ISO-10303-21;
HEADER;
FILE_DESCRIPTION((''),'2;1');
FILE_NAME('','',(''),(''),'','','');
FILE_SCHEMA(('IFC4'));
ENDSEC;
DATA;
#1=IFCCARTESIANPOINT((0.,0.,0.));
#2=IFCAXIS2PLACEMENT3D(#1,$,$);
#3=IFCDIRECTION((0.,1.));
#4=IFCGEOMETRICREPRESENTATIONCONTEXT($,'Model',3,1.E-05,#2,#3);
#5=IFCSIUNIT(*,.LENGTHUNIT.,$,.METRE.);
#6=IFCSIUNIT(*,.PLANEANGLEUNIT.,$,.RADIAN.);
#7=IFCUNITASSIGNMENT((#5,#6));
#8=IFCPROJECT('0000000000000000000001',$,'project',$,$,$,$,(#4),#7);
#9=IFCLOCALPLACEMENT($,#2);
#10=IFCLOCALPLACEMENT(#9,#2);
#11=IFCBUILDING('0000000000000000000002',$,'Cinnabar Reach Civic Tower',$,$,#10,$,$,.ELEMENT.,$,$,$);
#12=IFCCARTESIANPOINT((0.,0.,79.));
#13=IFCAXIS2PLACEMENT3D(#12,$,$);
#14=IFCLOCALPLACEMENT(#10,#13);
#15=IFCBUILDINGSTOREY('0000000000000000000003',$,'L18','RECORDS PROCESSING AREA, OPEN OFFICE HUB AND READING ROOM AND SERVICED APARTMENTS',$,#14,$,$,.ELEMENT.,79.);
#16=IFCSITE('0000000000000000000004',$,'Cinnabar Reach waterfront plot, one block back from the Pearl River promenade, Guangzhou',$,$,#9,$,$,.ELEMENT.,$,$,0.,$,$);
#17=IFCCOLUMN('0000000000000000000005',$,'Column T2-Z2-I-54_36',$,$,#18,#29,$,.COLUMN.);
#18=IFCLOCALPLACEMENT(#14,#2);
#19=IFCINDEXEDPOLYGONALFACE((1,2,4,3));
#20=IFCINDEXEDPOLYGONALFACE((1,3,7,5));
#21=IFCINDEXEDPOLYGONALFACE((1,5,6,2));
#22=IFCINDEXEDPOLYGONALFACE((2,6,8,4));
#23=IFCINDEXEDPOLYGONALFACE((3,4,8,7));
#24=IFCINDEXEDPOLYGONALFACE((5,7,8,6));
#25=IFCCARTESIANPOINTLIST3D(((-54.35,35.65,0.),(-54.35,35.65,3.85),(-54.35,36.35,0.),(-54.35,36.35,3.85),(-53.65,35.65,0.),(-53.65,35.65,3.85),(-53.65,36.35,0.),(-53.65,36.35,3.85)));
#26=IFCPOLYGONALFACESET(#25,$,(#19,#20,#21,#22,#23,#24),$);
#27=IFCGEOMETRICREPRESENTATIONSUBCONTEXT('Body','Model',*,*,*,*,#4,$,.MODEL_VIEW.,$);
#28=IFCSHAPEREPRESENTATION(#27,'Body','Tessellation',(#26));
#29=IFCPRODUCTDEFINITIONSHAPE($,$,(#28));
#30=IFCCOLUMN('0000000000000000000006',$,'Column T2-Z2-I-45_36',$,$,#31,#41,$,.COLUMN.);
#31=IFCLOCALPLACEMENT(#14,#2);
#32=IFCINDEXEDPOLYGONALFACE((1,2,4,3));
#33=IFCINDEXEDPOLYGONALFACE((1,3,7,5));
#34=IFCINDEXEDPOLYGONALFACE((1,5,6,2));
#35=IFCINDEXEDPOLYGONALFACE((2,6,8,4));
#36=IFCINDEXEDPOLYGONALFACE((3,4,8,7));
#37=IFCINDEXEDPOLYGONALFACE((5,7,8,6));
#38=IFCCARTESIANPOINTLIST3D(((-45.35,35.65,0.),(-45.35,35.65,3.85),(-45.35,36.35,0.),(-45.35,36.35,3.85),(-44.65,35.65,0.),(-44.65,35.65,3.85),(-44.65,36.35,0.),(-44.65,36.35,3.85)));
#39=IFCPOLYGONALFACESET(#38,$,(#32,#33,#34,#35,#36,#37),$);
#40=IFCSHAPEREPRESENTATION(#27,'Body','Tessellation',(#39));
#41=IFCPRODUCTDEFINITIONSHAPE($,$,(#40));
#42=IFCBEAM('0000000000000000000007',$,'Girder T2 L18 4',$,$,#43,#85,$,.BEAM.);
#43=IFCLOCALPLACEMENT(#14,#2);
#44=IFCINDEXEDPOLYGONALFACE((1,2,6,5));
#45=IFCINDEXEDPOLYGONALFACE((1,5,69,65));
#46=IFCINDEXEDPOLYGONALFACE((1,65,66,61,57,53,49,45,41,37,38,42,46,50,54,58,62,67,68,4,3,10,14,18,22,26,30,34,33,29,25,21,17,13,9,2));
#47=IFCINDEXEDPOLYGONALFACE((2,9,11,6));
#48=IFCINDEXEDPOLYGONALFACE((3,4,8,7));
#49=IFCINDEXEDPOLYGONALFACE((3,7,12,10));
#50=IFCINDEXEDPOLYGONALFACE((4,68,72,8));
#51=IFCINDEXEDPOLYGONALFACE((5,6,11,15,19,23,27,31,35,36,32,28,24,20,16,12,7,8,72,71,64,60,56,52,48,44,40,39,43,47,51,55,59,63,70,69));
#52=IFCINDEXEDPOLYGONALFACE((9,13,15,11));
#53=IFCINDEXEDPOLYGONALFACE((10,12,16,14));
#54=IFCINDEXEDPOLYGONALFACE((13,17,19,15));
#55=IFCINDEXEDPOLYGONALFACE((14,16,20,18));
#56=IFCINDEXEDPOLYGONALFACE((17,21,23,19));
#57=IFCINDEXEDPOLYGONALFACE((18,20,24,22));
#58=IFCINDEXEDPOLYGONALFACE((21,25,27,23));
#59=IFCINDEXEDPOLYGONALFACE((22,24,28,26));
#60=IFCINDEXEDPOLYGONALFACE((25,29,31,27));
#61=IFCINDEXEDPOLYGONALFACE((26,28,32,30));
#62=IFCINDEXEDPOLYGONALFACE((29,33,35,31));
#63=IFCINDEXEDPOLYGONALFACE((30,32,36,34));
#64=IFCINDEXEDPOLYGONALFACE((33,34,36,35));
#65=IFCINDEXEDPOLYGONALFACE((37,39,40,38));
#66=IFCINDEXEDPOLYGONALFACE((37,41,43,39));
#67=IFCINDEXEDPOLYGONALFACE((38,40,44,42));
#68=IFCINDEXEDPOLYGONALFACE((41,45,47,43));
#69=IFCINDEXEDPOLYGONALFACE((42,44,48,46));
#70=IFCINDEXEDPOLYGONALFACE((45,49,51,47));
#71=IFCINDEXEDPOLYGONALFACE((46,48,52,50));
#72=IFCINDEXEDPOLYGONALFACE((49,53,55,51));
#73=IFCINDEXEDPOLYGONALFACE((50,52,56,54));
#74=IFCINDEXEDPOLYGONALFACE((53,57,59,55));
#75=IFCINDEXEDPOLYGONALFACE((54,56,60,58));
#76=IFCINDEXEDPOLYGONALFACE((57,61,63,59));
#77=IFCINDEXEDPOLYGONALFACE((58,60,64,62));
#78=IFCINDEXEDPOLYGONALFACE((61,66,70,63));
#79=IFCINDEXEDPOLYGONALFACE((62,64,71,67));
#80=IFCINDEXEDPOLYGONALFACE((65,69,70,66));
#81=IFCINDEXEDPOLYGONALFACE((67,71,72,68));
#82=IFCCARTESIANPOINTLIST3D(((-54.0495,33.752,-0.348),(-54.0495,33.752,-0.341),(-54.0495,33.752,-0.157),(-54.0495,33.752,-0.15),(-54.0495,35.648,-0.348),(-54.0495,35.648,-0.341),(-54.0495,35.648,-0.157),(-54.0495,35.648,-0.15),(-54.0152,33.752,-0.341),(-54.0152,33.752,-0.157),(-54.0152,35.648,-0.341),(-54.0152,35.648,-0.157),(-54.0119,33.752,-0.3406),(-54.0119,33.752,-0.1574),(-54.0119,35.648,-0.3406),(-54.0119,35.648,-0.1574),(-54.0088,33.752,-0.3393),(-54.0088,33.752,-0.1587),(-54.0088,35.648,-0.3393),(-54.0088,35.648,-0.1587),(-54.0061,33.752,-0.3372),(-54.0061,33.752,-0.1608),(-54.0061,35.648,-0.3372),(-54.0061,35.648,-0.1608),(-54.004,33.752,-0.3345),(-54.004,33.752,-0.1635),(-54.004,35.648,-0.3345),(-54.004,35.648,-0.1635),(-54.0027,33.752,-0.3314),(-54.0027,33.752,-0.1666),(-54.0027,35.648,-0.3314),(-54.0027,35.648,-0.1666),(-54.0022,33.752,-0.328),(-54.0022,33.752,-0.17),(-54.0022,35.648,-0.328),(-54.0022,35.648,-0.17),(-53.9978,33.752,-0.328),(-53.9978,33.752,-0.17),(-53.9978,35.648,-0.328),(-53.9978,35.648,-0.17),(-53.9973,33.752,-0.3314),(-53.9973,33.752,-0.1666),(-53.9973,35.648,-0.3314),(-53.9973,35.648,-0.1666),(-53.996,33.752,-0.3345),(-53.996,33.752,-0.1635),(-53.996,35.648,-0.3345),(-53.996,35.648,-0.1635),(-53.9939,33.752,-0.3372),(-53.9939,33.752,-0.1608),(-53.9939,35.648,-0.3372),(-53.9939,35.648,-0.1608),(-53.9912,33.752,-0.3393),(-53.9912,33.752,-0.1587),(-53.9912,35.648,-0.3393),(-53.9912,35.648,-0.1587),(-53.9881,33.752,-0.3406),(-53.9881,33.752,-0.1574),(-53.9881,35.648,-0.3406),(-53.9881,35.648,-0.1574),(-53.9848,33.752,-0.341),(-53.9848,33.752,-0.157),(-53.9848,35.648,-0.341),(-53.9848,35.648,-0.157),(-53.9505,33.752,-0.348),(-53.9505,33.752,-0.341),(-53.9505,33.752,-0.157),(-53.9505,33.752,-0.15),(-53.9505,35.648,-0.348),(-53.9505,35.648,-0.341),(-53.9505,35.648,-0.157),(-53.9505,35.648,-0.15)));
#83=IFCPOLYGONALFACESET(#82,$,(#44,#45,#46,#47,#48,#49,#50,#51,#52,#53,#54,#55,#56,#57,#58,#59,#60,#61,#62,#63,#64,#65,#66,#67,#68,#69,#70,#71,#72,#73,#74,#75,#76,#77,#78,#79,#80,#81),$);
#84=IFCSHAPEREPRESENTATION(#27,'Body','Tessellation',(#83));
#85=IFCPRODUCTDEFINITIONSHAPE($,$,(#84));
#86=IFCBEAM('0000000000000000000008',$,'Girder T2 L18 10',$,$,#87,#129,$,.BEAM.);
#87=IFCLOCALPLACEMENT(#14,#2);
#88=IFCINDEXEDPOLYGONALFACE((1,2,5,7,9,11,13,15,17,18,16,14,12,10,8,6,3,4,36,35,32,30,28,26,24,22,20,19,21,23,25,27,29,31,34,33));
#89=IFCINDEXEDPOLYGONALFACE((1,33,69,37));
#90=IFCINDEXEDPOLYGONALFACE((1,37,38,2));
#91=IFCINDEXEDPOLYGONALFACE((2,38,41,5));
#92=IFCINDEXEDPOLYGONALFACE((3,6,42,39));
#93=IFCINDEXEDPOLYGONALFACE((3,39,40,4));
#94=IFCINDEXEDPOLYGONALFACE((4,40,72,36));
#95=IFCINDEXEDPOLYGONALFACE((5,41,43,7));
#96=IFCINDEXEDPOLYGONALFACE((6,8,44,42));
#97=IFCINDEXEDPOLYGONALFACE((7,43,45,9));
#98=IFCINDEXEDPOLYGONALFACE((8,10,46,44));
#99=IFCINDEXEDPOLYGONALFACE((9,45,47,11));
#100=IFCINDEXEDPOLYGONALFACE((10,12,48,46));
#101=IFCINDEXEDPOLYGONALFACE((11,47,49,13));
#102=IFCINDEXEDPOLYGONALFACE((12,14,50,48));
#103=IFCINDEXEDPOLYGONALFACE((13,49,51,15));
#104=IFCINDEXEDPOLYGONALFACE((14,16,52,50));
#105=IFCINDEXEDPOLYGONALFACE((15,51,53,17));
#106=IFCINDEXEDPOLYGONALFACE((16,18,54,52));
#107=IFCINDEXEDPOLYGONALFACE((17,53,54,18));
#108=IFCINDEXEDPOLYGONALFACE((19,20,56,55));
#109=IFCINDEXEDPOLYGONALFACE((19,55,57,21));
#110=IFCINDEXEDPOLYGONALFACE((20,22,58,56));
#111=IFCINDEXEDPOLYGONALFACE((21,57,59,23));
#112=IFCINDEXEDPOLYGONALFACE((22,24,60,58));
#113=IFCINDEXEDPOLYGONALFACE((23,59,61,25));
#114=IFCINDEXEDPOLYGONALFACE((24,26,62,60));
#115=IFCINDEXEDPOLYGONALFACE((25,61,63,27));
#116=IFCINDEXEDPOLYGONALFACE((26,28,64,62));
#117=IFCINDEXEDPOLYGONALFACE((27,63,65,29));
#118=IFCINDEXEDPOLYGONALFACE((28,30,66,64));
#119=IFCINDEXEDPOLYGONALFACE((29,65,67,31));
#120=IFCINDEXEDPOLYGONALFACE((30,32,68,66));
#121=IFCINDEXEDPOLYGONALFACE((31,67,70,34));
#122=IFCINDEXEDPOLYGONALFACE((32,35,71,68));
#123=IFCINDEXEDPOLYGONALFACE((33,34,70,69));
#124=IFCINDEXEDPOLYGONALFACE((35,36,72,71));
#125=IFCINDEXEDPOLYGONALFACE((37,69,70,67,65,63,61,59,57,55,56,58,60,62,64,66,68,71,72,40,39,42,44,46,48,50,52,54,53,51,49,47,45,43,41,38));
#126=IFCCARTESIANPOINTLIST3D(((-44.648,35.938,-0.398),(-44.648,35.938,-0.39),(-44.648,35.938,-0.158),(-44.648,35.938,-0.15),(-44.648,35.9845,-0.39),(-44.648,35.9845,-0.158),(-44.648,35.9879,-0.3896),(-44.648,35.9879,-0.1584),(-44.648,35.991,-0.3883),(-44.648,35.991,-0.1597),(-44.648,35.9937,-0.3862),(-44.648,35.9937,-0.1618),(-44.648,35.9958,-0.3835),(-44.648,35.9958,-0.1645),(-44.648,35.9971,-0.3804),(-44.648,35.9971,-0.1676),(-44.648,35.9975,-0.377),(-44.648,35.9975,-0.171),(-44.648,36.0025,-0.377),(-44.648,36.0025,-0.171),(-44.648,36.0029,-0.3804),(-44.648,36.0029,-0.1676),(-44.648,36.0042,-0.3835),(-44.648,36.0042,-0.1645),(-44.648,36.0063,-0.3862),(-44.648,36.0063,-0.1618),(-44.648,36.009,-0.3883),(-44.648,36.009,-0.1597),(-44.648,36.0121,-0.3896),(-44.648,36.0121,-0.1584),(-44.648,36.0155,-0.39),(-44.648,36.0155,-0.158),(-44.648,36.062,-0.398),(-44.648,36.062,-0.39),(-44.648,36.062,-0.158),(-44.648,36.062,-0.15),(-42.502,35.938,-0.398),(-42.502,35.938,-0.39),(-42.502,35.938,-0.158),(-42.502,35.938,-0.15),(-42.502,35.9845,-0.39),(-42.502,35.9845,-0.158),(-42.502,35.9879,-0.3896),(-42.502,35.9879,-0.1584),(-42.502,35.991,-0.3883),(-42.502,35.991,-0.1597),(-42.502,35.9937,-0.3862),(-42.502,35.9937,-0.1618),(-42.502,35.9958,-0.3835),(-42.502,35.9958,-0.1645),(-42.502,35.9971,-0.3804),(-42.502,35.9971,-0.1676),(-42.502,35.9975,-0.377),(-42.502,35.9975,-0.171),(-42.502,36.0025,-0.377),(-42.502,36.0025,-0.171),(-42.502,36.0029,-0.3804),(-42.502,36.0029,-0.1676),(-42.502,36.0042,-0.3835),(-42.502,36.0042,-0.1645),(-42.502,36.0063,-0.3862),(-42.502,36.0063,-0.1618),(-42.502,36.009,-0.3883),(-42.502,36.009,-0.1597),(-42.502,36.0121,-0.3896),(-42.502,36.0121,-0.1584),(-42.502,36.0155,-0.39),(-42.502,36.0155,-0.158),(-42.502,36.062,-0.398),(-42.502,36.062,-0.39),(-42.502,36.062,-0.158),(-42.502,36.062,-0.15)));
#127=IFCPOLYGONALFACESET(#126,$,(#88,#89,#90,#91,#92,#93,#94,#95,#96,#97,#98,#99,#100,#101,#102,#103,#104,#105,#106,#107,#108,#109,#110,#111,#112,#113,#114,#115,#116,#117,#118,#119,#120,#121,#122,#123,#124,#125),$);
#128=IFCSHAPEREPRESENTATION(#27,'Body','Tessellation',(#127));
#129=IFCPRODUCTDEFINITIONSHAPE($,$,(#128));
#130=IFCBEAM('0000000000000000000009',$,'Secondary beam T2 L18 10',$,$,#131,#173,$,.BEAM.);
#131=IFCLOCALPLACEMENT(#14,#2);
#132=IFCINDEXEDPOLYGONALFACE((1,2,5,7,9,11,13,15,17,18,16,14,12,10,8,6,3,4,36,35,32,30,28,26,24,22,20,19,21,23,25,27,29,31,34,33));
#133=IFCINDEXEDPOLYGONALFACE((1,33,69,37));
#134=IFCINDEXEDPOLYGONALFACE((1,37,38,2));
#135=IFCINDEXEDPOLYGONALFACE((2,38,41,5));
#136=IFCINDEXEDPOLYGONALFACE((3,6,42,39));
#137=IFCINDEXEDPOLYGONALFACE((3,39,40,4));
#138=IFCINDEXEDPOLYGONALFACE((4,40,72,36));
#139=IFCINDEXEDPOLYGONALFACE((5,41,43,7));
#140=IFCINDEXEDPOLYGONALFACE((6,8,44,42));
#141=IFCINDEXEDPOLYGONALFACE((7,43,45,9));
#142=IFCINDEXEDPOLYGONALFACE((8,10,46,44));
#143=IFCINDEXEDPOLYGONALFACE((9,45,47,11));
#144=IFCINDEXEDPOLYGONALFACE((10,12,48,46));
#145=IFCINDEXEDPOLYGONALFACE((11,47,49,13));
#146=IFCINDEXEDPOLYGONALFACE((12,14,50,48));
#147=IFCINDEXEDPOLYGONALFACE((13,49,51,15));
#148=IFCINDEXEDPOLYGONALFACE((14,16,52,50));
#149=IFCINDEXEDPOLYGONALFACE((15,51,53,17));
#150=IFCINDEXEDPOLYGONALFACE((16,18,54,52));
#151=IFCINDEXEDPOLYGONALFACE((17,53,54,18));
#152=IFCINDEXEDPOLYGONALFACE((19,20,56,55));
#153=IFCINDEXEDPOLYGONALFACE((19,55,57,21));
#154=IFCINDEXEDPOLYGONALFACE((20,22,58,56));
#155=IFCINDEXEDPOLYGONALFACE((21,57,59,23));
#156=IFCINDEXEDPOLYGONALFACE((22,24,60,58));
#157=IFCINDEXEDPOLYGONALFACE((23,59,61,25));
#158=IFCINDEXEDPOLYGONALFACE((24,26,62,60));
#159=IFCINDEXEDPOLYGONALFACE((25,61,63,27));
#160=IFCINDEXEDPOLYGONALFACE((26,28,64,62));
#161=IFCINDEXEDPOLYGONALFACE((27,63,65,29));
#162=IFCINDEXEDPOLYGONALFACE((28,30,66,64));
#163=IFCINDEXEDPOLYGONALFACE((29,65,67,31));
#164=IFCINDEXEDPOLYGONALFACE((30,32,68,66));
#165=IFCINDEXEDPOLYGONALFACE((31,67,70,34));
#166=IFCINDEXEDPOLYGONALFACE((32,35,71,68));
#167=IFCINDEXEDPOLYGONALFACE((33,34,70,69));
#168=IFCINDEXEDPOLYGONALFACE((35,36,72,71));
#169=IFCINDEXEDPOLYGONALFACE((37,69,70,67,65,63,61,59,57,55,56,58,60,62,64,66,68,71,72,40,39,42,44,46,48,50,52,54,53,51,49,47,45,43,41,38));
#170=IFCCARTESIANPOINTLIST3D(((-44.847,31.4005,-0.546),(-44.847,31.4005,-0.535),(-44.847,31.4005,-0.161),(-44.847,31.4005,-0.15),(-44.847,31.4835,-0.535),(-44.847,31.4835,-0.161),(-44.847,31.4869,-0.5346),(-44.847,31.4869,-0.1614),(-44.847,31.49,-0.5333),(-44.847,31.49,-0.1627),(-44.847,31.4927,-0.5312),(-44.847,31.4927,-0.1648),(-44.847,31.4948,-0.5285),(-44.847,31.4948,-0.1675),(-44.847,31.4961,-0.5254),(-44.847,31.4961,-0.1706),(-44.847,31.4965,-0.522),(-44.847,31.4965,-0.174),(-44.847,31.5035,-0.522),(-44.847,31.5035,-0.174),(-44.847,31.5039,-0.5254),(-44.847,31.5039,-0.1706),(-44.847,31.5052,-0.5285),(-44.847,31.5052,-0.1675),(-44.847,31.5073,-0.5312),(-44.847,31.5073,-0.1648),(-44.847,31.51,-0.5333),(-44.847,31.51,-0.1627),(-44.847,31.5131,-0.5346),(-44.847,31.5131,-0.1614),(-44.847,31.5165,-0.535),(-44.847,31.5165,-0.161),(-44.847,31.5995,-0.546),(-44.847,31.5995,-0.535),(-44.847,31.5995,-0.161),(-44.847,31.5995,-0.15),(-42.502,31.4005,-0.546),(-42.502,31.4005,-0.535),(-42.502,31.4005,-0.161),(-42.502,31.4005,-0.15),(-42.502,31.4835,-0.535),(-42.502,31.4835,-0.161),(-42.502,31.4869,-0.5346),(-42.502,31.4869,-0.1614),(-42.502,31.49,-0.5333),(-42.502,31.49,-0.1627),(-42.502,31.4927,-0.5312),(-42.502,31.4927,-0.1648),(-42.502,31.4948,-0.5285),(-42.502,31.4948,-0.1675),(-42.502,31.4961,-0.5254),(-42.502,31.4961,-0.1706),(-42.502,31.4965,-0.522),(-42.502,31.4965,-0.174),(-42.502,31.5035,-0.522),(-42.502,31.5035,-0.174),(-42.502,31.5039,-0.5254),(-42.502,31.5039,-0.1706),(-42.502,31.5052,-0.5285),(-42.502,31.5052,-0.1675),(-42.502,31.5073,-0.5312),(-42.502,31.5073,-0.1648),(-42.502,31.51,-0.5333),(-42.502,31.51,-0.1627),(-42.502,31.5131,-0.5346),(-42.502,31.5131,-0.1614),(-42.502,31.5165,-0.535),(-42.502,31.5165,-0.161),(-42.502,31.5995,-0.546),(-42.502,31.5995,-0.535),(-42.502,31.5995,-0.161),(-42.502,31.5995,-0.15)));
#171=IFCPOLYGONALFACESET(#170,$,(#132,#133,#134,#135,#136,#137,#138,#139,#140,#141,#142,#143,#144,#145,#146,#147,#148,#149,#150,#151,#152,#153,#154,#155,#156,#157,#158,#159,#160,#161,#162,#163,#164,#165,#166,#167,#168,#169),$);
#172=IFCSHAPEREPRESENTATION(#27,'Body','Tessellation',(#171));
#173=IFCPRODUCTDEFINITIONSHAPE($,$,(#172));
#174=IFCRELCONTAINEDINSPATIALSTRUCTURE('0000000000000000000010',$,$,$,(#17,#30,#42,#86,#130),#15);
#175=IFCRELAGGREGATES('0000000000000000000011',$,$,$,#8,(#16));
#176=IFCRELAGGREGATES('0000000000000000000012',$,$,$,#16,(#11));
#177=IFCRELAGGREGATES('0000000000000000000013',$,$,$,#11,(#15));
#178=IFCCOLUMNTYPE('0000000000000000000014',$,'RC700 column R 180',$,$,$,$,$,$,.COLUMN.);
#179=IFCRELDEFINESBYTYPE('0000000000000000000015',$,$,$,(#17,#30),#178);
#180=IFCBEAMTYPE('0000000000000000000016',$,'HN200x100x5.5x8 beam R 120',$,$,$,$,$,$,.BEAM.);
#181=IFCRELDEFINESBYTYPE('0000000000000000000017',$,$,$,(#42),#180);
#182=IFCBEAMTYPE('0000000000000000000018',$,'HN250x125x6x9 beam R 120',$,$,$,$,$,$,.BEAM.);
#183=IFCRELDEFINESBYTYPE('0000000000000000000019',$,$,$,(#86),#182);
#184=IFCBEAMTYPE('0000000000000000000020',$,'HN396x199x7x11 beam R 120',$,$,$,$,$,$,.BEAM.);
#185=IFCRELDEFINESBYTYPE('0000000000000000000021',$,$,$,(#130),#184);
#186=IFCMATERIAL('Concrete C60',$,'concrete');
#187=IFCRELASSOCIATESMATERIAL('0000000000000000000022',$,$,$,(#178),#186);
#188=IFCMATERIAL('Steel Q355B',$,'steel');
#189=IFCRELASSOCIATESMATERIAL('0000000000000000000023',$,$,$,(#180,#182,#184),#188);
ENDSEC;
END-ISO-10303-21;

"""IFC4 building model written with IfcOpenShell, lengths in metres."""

from ifc_helpers import new_model, si_unit, direction, frame, origin, origin_2d, place, context, subcontext, project, spatial, rectangle, i_section, extrude, material, material_profile, profile_set, type_object, element, save


model = new_model("IFC4")

# Units and contexts
model_context = context("Model", 3, precision=1e-05, world=origin(), true_north=direction((0.0, 1.0)))
body_context = subcontext(model_context, "Body", "Model", "MODEL_VIEW")
ifc_project = project(units=[si_unit("LENGTHUNIT", "METRE"), si_unit("PLANEANGLEUNIT", "RADIAN")], contexts=[model_context])

# Site, building, storey
site_placement = place(None, origin())
site = spatial("IfcSite", under=ifc_project, at=site_placement, Name="Cinnabar Reach waterfront plot, one block back from the Pearl River promenade, Guangzhou", CompositionType="ELEMENT", RefElevation=0.0)
building_placement = place(site_placement, origin())
building = spatial("IfcBuilding", under=site, at=building_placement, Name="Cinnabar Reach Civic Tower", CompositionType="ELEMENT")
storey_placement = place(building_placement, frame((0.0, 0.0, 79.0)))
storey = spatial("IfcBuildingStorey", under=building, at=storey_placement, Name="L18", Description="RECORDS PROCESSING AREA, OPEN OFFICE HUB AND READING ROOM AND SERVICED APARTMENTS", CompositionType="ELEMENT", Elevation=79.0)

# Columns
ifc_material_1 = material(Name="Concrete C60", Category="concrete")
ifc_material_profile_1 = material_profile(ifc_material_1, rectangle(XDim=0.7, YDim=0.7, at=origin_2d()), Name="RC700")
ifc_profile_set_1 = profile_set([ifc_material_profile_1], Name="Concrete C60")
column_type = type_object("IfcColumnType", Name="RC700 column R 180", PredefinedType="COLUMN", material=ifc_profile_set_1)
for number, where, z_axis, x_axis, name in (
    (1, (-54.0, 36.0, 0.0), (0.0, 0.0, 1.0), (1.0, 0.0, 0.0), "Column T2-Z2-I-54_36"),
    (2, (-45.0, 36.0, 0.0), (0.0, 0.0, 1.0), (1.0, 0.0, 0.0), "Column T2-Z2-I-45_36"),
):
    element("IfcColumn", number, at=place(storey_placement, frame(where, z_axis=z_axis, x_axis=x_axis)), inside=storey, type_object=column_type, Name=name, PredefinedType="COLUMN", context=body_context, shape_type="SweptSolid", body=[
        extrude(rectangle(XDim=0.7, YDim=0.7, at=origin_2d()), origin(), (0.0, 0.0, 1.0), 3.85),
    ])

# Beams
ifc_material_2 = material(Name="Steel Q355B", Category="steel")
ifc_material_profile_2 = material_profile(ifc_material_2, i_section(OverallWidth=0.099, OverallDepth=0.198, WebThickness=0.0045, FlangeThickness=0.007, FilletRadius=0.013, at=origin_2d()), Name="HN200x100x5.5x8")
ifc_profile_set_2 = profile_set([ifc_material_profile_2], Name="Steel Q355B")
beam_type_1 = type_object("IfcBeamType", Name="HN200x100x5.5x8 beam R 120", PredefinedType="BEAM", material=ifc_profile_set_2)
beam_1_placement = place(storey_placement, frame((-54.0, 33.752, -0.249), z_axis=(0.0, 1.0, 0.0), x_axis=(-1.0, 0.0, 0.0)))
element("IfcBeam", 3, at=beam_1_placement, inside=storey, type_object=beam_type_1, Name="Girder T2 L18 4", PredefinedType="BEAM", context=body_context, shape_type="SweptSolid", body=[
    extrude(i_section(OverallWidth=0.099, OverallDepth=0.198, WebThickness=0.0045, FlangeThickness=0.007, FilletRadius=0.013, at=origin_2d()), origin(), (0.0, 0.0, 1.0), 1.896),
])
ifc_material_profile_3 = material_profile(ifc_material_2, i_section(OverallWidth=0.124, OverallDepth=0.248, WebThickness=0.005, FlangeThickness=0.008, FilletRadius=0.013, at=origin_2d()), Name="HN250x125x6x9")
ifc_profile_set_3 = profile_set([ifc_material_profile_3], Name="Steel Q355B")
beam_type_2 = type_object("IfcBeamType", Name="HN250x125x6x9 beam R 120", PredefinedType="BEAM", material=ifc_profile_set_3)
beam_2_placement = place(storey_placement, frame((-44.648, 36.0, -0.274), z_axis=(1.0, 0.0, 0.0), x_axis=(0.0, 1.0, 0.0)))
element("IfcBeam", 4, at=beam_2_placement, inside=storey, type_object=beam_type_2, Name="Girder T2 L18 10", PredefinedType="BEAM", context=body_context, shape_type="SweptSolid", body=[
    extrude(i_section(OverallWidth=0.124, OverallDepth=0.248, WebThickness=0.005, FlangeThickness=0.008, FilletRadius=0.013, at=origin_2d()), origin(), (0.0, 0.0, 1.0), 2.146),
])
ifc_material_profile_4 = material_profile(ifc_material_2, i_section(OverallWidth=0.199, OverallDepth=0.396, WebThickness=0.007, FlangeThickness=0.011, FilletRadius=0.013, at=origin_2d()), Name="HN396x199x7x11")
ifc_profile_set_4 = profile_set([ifc_material_profile_4], Name="Steel Q355B")
beam_type_3 = type_object("IfcBeamType", Name="HN396x199x7x11 beam R 120", PredefinedType="BEAM", material=ifc_profile_set_4)
beam_3_placement = place(storey_placement, frame((-44.847, 31.5, -0.348), z_axis=(1.0, 0.0, 0.0), x_axis=(0.0, 1.0, 0.0)))
element("IfcBeam", 5, at=beam_3_placement, inside=storey, type_object=beam_type_3, Name="Secondary beam T2 L18 10", PredefinedType="BEAM", context=body_context, shape_type="SweptSolid", body=[
    extrude(i_section(OverallWidth=0.199, OverallDepth=0.396, WebThickness=0.007, FlangeThickness=0.011, FilletRadius=0.013, at=origin_2d()), origin(), (0.0, 0.0, 1.0), 2.345),
])

save(model, "model.ifc")
